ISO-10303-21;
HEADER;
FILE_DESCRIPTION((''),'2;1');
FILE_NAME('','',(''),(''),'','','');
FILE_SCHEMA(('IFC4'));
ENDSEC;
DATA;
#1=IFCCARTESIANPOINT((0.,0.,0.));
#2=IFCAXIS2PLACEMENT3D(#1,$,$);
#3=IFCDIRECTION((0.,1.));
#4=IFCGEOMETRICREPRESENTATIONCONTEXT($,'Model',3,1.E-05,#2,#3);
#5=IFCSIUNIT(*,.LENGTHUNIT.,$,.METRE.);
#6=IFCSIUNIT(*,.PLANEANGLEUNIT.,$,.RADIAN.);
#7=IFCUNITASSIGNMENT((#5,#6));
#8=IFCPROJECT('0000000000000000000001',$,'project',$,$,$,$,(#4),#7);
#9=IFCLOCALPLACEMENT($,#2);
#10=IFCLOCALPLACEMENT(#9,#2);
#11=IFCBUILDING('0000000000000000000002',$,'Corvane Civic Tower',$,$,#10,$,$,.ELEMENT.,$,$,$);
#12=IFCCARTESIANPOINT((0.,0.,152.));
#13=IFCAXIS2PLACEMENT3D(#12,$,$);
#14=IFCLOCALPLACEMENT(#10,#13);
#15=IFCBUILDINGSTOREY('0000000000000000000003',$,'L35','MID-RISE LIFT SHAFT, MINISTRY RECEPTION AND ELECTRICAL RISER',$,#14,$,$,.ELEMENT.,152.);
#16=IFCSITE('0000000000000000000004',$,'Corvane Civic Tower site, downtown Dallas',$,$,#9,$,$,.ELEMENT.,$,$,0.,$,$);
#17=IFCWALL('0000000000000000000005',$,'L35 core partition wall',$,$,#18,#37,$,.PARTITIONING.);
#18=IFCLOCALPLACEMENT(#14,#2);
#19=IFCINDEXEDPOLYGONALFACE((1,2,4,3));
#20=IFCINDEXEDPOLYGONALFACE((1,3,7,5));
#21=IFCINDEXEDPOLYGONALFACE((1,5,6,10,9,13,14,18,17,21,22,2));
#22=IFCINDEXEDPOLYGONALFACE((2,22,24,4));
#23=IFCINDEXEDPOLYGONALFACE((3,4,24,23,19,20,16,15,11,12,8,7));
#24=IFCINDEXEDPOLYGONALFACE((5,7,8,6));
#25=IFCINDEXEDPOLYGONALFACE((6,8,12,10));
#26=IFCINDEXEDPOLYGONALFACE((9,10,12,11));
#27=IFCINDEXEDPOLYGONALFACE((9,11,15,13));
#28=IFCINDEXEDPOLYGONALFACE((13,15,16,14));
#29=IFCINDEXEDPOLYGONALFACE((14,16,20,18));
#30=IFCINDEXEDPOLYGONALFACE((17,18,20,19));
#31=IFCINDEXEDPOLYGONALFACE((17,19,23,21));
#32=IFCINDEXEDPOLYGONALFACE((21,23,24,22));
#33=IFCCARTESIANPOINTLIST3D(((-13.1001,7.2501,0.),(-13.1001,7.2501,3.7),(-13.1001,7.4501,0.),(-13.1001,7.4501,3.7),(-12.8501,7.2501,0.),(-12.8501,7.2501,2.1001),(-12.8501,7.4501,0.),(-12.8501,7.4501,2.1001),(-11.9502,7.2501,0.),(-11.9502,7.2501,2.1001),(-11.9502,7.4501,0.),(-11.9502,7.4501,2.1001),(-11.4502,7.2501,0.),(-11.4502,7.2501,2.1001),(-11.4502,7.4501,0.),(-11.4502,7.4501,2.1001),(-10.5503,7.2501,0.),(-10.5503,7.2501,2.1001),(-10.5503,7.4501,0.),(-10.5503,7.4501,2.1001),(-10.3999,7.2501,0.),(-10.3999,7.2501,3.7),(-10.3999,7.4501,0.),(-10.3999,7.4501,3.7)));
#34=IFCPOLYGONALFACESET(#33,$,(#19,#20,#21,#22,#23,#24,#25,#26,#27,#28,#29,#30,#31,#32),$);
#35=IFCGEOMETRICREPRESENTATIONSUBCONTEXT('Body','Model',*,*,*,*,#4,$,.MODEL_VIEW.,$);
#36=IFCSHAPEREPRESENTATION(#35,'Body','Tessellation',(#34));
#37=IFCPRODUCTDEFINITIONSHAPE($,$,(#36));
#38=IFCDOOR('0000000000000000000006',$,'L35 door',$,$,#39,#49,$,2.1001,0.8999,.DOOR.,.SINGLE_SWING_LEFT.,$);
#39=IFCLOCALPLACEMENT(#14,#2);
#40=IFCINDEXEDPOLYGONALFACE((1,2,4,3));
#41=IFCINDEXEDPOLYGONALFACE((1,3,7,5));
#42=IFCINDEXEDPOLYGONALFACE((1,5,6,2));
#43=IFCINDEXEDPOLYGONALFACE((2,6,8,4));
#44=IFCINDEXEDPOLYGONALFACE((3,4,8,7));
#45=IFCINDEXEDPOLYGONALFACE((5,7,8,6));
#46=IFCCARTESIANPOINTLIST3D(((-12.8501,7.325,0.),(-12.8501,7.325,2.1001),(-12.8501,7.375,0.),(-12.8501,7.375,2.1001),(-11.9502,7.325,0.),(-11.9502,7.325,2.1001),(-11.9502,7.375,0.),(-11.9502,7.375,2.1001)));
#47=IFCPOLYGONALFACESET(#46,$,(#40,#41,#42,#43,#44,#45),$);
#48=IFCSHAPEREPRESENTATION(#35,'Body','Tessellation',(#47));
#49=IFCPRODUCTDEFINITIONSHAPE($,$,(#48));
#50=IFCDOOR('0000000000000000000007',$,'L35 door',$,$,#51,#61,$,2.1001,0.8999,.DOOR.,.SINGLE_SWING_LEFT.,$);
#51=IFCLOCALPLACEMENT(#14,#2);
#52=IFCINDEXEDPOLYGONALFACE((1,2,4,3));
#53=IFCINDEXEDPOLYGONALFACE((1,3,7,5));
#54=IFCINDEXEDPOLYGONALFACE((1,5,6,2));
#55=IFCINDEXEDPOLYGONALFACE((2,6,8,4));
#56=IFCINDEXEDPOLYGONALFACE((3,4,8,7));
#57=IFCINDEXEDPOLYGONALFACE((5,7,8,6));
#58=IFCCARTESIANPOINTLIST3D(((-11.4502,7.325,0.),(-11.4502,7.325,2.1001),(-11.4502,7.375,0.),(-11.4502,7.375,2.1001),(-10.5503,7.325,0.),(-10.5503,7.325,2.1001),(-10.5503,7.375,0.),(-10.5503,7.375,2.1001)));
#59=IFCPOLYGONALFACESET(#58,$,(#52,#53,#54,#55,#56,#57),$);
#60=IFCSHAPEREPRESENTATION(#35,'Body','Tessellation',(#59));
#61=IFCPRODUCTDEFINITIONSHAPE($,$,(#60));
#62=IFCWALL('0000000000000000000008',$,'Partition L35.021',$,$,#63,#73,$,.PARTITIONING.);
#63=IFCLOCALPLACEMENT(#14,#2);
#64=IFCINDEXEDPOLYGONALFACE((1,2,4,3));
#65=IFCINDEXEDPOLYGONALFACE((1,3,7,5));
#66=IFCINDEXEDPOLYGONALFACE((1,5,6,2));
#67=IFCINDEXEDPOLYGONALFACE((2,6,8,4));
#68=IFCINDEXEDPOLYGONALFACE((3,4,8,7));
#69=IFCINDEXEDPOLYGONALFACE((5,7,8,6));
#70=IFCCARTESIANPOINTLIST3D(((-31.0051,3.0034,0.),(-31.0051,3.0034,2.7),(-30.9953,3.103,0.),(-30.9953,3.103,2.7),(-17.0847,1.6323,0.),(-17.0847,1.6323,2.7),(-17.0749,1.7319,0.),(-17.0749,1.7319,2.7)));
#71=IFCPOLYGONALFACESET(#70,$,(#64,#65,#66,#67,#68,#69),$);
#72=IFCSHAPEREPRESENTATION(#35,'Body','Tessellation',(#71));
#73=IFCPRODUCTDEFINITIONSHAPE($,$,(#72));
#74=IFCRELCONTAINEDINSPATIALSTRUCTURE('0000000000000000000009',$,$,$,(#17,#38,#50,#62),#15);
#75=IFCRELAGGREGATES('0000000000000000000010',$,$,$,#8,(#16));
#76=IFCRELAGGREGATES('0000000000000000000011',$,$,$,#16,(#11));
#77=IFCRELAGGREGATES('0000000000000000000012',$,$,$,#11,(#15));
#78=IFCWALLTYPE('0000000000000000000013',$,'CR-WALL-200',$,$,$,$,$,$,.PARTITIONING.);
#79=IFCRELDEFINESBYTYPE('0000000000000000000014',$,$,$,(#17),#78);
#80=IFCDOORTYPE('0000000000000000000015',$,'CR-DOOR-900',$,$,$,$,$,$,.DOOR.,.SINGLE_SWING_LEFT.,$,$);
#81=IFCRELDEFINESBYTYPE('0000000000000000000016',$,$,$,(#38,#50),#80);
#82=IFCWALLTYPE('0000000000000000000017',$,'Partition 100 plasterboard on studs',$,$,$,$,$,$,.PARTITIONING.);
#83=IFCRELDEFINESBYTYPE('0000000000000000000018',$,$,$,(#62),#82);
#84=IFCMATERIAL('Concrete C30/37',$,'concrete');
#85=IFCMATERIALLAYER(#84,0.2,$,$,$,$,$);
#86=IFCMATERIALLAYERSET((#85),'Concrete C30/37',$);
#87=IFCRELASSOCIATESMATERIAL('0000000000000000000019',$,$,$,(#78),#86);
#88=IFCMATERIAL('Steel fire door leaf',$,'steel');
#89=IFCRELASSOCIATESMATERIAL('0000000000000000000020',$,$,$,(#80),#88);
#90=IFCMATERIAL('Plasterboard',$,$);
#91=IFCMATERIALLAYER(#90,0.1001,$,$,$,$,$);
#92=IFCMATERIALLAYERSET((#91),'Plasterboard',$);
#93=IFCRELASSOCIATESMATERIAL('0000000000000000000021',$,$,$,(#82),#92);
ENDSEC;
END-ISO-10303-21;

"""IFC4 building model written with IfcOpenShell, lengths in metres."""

from ifc_helpers import new_model, si_unit, direction, frame, frame_2d, origin, place, context, subcontext, project, spatial, rectangle, extrude, material, layer, layer_set, type_object, element, fill, save


model = new_model("IFC4")

# Units and contexts
model_context = context("Model", 3, precision=1e-05, world=origin(), true_north=direction((0.0, 1.0)))
body_context = subcontext(model_context, "Body", "Model", "MODEL_VIEW")
ifc_project = project(units=[si_unit("LENGTHUNIT", "METRE"), si_unit("PLANEANGLEUNIT", "RADIAN")], contexts=[model_context])

# Site, building, storey
site_placement = place(None, origin())
site = spatial("IfcSite", under=ifc_project, at=site_placement, Name="Corvane Civic Tower site, downtown Dallas", CompositionType="ELEMENT", RefElevation=0.0)
building_placement = place(site_placement, origin())
building = spatial("IfcBuilding", under=site, at=building_placement, Name="Corvane Civic Tower", CompositionType="ELEMENT")
storey_placement = place(building_placement, frame((0.0, 0.0, 152.0)))
storey = spatial("IfcBuildingStorey", under=building, at=storey_placement, Name="L35", Description="MID-RISE LIFT SHAFT, MINISTRY RECEPTION AND ELECTRICAL RISER", CompositionType="ELEMENT", Elevation=152.0)

# Wall, openings, doors
ifc_material_1 = material(Name="Concrete C30/37", Category="concrete")
ifc_layer_1 = layer(ifc_material_1, 0.2)
ifc_layer_set_1 = layer_set([ifc_layer_1], Name="Concrete C30/37")
wall_type_1 = type_object("IfcWallType", Name="CR-WALL-200", PredefinedType="PARTITIONING", material=ifc_layer_set_1)
ifc_material_2 = material(Name="Steel fire door leaf", Category="steel")
door_type_1 = type_object("IfcDoorType", Name="CR-DOOR-900", OperationType="SINGLE_SWING_LEFT", PredefinedType="DOOR", material=ifc_material_2)
wall_1_placement = place(storey_placement, frame((-13.1001, 7.3501, 0.0), z_axis=(0.0, 0.0, 1.0), x_axis=(1.0, 0.0, 0.0)))
wall_1 = element("IfcWall", 1, at=wall_1_placement, inside=storey, type_object=wall_type_1, Name="L35 core partition wall", PredefinedType="PARTITIONING", context=body_context, shape_type="SweptSolid", body=[
    extrude(rectangle(XDim=2.7002, YDim=0.2, at=frame_2d((1.3501, 0.0))), origin(), (0.0, 0.0, 1.0), 3.7),
])
opening_1_placement = place(wall_1_placement, frame((0.25, 0.0, 0.0)))
opening_1 = element("IfcOpeningElement", 2, at=opening_1_placement, cuts=wall_1, PredefinedType="OPENING", context=body_context, shape_type="SweptSolid", body=[
    extrude(rectangle(XDim=0.8999, YDim=2.1001, at=frame_2d((0.45, 1.05))), frame((0.0, 0.1099, 0.0), z_axis=(0.0, -1.0, 0.0), x_axis=(1.0, 0.0, 0.0)), (0.0, 0.0, 1.0), 0.22),
])
opening_2_placement = place(wall_1_placement, frame((1.6499, 0.0, 0.0)))
opening_2 = element("IfcOpeningElement", 3, at=opening_2_placement, cuts=wall_1, PredefinedType="OPENING", context=body_context, shape_type="SweptSolid", body=[
    extrude(rectangle(XDim=0.8999, YDim=2.1001, at=frame_2d((0.45, 1.05))), frame((0.0, 0.1099, 0.0), z_axis=(0.0, -1.0, 0.0), x_axis=(1.0, 0.0, 0.0)), (0.0, 0.0, 1.0), 0.22),
])
door_1_placement = place(opening_1_placement, origin())
door_1 = element("IfcDoor", 4, at=door_1_placement, inside=storey, type_object=door_type_1, Name="L35 door", OperationType="SINGLE_SWING_LEFT", OverallHeight=2.1001, OverallWidth=0.8999, PredefinedType="DOOR", context=body_context, shape_type="SweptSolid", body=[
    extrude(rectangle(XDim=0.8999, YDim=2.1001, at=frame_2d((0.45, 1.05))), frame((0.0, 0.0249, 0.0), z_axis=(0.0, -1.0, 0.0), x_axis=(1.0, 0.0, 0.0)), (0.0, 0.0, 1.0), 0.05),
])
fill(opening_1, door_1)
door_2_placement = place(opening_2_placement, origin())
door_2 = element("IfcDoor", 5, at=door_2_placement, inside=storey, type_object=door_type_1, Name="L35 door", OperationType="SINGLE_SWING_LEFT", OverallHeight=2.1001, OverallWidth=0.8999, PredefinedType="DOOR", context=body_context, shape_type="SweptSolid", body=[
    extrude(rectangle(XDim=0.8999, YDim=2.1001, at=frame_2d((0.45, 1.05))), frame((0.0, 0.0249, 0.0), z_axis=(0.0, -1.0, 0.0), x_axis=(1.0, 0.0, 0.0)), (0.0, 0.0, 1.0), 0.05),
])
fill(opening_2, door_2)

# Wall
ifc_material_3 = material(Name="Plasterboard")
ifc_layer_2 = layer(ifc_material_3, 0.1001)
ifc_layer_set_2 = layer_set([ifc_layer_2], Name="Plasterboard")
wall_type_2 = type_object("IfcWallType", Name="Partition 100 plasterboard on studs", PredefinedType="PARTITIONING", material=ifc_layer_set_2)
wall_2_placement = place(storey_placement, frame((-31.0002, 3.0532, 0.0), z_axis=(0.0, 0.0, 1.0), x_axis=(0.995184, -0.098021, 0.0)))
element("IfcWall", 6, at=wall_2_placement, inside=storey, type_object=wall_type_2, Name="Partition L35.021", PredefinedType="PARTITIONING", context=body_context, shape_type="SweptSolid", body=[
    extrude(rectangle(XDim=13.9878, YDim=0.1001, at=frame_2d((6.9939, 0.0))), origin(), (0.0, 0.0, 1.0), 2.7),
])

save(model, "model.ifc")
